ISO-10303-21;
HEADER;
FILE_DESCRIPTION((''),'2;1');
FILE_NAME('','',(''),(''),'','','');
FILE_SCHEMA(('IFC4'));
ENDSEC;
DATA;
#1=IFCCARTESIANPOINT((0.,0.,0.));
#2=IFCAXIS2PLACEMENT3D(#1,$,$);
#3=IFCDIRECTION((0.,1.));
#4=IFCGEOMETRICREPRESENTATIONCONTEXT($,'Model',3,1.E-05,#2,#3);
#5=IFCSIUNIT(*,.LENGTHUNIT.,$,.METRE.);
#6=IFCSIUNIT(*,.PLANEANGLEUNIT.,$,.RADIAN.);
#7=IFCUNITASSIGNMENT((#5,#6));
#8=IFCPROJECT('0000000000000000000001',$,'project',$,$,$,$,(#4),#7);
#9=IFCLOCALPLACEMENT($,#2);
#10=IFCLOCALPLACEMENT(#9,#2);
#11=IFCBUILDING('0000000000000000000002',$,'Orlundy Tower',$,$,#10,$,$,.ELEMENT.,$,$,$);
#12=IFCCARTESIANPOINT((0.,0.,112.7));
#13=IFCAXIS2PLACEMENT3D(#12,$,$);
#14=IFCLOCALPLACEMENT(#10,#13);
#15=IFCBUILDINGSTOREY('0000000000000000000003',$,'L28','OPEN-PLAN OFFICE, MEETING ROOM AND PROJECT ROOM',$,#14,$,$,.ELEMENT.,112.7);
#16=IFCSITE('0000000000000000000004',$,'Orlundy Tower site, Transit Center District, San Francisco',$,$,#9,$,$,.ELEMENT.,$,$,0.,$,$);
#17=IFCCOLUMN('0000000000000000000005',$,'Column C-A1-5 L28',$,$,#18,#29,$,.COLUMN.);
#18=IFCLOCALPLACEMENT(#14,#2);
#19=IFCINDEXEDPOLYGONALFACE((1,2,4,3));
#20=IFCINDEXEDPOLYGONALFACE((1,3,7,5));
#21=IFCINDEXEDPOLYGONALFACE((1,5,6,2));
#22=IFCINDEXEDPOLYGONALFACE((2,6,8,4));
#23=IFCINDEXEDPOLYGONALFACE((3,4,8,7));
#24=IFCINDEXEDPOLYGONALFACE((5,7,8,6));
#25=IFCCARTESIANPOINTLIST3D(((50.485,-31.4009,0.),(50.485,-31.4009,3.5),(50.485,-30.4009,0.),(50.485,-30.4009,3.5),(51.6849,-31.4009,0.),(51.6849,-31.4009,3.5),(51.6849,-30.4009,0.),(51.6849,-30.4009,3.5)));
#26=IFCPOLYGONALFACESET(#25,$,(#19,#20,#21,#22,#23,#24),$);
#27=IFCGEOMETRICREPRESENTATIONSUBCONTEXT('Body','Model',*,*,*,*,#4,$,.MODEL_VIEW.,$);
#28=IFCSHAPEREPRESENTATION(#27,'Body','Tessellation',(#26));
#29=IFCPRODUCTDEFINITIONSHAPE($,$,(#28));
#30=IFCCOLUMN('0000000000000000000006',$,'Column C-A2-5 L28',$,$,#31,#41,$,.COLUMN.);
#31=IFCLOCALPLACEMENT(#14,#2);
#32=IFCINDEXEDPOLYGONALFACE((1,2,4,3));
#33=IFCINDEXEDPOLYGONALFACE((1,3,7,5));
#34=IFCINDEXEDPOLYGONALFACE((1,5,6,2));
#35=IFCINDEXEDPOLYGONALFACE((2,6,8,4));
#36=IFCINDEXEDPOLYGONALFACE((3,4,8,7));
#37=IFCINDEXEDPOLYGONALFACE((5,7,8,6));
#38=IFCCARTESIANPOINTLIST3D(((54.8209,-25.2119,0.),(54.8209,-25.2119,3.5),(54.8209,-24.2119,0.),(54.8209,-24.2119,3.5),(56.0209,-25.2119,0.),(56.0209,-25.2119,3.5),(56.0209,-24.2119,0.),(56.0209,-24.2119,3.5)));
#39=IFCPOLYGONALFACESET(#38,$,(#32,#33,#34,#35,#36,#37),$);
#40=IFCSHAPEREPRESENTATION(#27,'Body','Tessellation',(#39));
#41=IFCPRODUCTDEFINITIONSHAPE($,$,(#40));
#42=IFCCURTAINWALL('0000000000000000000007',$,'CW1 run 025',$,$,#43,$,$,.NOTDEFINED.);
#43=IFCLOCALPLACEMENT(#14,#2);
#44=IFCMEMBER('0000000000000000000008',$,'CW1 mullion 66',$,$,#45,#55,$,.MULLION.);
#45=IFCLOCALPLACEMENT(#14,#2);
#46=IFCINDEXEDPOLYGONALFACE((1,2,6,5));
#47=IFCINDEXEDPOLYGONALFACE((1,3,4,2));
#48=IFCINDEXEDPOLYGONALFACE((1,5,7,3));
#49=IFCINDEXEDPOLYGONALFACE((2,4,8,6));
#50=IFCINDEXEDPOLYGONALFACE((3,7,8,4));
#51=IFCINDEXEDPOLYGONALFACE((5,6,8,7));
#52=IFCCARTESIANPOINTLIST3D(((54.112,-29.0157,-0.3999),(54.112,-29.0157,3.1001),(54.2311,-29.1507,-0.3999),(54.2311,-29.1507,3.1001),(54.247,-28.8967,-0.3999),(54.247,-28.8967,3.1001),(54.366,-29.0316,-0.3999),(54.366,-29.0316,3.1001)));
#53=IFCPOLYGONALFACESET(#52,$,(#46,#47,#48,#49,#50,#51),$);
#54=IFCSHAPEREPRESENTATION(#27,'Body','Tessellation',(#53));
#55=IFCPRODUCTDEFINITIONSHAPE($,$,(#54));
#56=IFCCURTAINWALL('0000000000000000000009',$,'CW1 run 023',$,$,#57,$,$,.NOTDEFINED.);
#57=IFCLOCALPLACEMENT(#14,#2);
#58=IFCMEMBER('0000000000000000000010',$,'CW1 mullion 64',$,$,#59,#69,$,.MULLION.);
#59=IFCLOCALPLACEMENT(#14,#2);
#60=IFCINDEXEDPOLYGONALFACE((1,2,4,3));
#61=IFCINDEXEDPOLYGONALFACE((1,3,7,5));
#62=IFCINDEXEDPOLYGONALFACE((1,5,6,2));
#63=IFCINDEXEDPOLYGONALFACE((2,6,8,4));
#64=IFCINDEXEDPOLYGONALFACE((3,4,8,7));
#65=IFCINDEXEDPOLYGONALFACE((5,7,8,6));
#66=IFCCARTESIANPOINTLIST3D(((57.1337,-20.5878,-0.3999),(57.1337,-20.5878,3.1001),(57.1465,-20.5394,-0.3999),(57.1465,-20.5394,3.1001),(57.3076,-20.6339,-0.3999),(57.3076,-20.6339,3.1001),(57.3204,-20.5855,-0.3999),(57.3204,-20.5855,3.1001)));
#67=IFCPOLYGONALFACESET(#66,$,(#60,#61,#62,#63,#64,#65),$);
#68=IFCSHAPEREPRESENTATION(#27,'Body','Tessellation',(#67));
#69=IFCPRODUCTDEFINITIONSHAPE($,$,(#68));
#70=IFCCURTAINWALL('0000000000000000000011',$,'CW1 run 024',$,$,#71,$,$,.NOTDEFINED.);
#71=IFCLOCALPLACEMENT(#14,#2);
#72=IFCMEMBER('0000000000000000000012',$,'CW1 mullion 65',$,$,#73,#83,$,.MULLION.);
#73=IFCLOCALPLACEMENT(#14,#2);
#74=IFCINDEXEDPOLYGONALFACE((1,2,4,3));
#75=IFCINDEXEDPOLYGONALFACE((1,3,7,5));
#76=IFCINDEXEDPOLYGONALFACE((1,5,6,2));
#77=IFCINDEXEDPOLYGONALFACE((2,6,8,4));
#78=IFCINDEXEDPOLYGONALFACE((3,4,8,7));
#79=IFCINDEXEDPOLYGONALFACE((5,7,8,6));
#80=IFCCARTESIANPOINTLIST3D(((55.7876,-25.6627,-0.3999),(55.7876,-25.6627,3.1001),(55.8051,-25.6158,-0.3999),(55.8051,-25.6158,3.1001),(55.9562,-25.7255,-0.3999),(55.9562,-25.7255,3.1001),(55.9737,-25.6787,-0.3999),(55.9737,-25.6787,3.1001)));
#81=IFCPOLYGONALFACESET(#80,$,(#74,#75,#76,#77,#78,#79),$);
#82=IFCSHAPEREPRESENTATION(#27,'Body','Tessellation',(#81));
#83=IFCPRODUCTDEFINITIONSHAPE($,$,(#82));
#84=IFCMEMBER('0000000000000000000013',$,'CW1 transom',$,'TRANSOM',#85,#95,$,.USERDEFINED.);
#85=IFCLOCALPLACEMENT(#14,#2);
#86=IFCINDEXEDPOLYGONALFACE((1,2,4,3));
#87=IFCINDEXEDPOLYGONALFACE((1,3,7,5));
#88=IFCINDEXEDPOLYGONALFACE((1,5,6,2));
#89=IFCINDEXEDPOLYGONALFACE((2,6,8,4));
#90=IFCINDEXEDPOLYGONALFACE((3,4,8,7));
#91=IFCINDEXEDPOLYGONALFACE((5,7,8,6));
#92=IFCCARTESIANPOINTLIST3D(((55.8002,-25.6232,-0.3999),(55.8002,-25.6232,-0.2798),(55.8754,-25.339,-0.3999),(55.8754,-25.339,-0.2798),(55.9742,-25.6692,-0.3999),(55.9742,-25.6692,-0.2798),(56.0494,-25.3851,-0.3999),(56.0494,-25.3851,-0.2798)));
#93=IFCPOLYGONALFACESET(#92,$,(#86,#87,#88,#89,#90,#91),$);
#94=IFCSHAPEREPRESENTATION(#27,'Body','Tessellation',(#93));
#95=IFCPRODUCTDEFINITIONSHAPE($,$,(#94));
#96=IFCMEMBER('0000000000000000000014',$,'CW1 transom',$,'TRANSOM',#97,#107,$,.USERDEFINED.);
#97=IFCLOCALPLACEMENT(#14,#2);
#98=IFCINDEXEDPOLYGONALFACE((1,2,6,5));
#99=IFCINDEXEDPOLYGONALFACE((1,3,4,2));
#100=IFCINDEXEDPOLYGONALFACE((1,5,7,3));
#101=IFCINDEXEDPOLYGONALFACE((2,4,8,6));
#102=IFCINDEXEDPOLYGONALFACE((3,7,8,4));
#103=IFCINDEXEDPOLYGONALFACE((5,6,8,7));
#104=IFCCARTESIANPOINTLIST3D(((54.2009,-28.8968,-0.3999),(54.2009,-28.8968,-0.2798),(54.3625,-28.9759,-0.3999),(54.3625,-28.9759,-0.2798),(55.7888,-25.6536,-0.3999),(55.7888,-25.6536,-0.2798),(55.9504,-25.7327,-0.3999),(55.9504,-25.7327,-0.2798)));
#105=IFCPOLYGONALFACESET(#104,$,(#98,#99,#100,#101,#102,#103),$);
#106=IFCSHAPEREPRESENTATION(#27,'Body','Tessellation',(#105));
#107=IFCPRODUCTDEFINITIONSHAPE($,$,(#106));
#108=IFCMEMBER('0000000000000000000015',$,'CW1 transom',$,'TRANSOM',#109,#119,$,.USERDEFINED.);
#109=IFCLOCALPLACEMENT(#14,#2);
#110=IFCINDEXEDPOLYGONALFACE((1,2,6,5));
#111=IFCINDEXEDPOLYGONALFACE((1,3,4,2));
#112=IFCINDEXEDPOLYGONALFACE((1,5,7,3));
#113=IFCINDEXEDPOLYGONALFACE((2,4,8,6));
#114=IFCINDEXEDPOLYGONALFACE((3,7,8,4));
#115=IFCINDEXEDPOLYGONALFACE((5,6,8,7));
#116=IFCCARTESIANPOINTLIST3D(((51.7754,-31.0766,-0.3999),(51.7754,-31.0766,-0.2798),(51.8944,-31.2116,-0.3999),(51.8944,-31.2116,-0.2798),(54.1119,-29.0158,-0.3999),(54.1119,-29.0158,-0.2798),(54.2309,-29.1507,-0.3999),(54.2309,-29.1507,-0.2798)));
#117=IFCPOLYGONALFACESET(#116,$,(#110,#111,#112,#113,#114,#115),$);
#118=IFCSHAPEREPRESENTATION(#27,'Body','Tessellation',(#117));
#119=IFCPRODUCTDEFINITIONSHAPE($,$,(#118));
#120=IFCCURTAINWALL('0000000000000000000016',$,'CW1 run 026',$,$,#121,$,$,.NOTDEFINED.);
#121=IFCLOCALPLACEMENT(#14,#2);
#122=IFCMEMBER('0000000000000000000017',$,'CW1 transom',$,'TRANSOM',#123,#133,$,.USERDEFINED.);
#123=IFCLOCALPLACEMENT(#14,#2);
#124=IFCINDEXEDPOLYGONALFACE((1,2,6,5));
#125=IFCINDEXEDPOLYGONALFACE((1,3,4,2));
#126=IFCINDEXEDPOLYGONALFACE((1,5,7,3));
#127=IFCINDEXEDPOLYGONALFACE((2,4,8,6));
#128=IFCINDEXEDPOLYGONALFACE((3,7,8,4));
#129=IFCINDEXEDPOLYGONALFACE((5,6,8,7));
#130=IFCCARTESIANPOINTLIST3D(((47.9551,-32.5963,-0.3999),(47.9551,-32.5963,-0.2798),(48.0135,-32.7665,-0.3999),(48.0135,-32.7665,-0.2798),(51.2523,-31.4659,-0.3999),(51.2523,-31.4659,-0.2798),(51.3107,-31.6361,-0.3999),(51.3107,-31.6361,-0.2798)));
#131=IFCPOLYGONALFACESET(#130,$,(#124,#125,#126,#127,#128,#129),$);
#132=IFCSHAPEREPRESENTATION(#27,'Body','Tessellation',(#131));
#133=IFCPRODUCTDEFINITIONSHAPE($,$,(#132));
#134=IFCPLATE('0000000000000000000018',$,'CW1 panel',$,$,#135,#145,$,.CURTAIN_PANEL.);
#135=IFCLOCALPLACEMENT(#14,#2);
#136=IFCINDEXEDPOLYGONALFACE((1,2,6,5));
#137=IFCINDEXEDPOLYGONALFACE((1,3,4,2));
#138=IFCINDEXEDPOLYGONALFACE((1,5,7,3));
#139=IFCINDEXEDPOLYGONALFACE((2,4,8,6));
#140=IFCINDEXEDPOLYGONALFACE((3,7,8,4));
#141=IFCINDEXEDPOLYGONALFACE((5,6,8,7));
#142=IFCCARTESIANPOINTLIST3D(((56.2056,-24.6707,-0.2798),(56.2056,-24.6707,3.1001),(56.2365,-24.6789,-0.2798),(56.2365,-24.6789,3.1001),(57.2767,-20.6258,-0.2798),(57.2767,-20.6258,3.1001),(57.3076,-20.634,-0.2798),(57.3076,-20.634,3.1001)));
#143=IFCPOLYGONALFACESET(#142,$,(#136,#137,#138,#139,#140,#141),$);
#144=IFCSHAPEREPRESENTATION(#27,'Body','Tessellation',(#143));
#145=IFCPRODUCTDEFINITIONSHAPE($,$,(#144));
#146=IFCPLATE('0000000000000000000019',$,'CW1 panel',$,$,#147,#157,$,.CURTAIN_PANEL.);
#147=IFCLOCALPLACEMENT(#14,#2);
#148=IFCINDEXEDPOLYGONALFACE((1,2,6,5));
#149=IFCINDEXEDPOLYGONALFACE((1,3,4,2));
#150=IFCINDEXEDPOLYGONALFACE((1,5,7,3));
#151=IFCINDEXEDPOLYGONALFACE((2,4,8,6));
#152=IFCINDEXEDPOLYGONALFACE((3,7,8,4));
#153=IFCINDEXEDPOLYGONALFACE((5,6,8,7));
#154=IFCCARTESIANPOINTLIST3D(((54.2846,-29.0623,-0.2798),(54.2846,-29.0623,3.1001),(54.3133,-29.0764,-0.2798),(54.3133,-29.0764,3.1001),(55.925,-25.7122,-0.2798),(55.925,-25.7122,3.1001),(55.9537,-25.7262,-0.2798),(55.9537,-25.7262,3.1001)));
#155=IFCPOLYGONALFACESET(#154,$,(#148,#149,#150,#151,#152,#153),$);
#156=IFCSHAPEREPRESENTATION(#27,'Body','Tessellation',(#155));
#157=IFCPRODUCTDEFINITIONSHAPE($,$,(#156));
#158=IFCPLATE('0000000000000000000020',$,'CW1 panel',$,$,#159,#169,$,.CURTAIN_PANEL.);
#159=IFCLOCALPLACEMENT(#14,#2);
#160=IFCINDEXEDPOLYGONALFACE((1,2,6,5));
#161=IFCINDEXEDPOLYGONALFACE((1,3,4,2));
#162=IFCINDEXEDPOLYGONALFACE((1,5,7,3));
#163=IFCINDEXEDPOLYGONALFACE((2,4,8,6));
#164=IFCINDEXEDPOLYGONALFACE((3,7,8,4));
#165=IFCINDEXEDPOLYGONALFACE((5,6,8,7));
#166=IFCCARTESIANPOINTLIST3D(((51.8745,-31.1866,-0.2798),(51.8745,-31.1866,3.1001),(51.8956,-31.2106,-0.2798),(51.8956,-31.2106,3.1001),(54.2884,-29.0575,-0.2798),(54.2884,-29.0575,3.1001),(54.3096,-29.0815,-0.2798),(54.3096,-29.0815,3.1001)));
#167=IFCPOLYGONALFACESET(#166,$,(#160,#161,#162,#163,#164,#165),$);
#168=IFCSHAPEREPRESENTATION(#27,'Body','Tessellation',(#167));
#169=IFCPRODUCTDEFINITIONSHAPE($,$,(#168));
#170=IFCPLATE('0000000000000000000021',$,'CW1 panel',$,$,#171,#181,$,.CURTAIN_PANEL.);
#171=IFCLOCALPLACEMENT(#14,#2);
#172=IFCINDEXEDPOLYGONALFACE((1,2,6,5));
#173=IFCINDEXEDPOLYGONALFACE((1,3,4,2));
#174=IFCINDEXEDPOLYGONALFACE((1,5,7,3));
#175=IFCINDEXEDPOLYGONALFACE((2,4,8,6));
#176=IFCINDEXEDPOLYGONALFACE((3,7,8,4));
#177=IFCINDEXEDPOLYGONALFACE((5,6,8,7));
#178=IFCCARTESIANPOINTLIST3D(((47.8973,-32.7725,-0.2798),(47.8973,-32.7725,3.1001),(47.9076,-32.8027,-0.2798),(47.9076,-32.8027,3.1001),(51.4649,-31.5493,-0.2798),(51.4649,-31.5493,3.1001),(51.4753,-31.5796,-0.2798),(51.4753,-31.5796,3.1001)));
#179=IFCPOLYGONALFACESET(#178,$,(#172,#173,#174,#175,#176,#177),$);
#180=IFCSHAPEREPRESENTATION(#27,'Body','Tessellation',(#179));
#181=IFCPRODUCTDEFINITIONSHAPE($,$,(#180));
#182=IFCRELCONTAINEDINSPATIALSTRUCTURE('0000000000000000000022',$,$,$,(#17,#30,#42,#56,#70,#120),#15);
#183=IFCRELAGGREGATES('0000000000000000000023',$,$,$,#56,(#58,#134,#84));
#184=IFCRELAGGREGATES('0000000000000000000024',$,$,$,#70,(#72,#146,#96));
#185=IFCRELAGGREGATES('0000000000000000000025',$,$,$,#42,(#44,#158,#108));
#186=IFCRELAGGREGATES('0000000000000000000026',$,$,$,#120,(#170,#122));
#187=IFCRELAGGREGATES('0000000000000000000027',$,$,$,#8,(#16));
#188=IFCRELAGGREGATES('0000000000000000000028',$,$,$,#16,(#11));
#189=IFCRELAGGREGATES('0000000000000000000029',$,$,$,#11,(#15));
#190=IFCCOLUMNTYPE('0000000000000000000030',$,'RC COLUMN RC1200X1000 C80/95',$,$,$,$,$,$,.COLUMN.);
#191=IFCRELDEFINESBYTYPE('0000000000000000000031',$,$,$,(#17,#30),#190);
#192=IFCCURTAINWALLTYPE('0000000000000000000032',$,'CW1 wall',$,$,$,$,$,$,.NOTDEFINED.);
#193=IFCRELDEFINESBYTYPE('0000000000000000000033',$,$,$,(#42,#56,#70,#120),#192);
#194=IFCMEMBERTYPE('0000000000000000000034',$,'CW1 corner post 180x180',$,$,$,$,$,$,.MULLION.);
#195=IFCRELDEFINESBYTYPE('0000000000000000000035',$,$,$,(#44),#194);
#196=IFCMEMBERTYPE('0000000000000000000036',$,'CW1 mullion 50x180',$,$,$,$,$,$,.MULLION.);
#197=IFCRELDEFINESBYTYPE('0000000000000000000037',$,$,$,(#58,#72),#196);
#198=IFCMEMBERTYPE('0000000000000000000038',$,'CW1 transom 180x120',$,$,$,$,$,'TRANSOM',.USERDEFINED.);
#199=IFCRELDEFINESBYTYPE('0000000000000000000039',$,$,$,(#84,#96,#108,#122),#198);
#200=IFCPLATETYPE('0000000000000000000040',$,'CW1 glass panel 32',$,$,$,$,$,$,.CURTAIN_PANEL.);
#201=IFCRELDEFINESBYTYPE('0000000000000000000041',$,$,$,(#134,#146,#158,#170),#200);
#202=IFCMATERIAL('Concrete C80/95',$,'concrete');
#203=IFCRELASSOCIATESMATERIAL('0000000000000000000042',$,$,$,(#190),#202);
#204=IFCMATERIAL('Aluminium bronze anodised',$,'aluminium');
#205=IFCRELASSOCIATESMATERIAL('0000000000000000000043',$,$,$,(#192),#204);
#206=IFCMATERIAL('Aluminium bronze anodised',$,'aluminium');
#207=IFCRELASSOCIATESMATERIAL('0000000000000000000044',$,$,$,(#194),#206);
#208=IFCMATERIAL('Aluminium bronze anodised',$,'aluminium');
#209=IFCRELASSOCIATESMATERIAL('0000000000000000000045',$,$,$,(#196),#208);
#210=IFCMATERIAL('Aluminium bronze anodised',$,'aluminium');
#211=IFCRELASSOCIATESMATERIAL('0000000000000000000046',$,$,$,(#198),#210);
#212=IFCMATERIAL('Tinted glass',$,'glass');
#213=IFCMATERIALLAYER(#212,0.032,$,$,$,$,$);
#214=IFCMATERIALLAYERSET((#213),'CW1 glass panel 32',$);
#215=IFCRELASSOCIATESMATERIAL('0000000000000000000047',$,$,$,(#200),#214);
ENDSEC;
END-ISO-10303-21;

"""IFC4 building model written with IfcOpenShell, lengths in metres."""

from ifc_helpers import new_model, si_unit, direction, frame, origin, origin_2d, place, context, subcontext, project, spatial, rectangle, extrude, material, layer, layer_set, material_profile, profile_set, type_object, element, aggregate, save


model = new_model("IFC4")

# Units and contexts
model_context = context("Model", 3, precision=1e-05, world=origin(), true_north=direction((0.0, 1.0)))
body_context = subcontext(model_context, "Body", "Model", "MODEL_VIEW")
ifc_project = project(units=[si_unit("LENGTHUNIT", "METRE"), si_unit("PLANEANGLEUNIT", "RADIAN")], contexts=[model_context])

# Site, building, storey
site_placement = place(None, origin())
site = spatial("IfcSite", under=ifc_project, at=site_placement, Name="Orlundy Tower site, Transit Center District, San Francisco", CompositionType="ELEMENT", RefElevation=0.0)
building_placement = place(site_placement, origin())
building = spatial("IfcBuilding", under=site, at=building_placement, Name="Orlundy Tower", CompositionType="ELEMENT")
storey_placement = place(building_placement, frame((0.0, 0.0, 112.7)))
storey = spatial("IfcBuildingStorey", under=building, at=storey_placement, Name="L28", Description="OPEN-PLAN OFFICE, MEETING ROOM AND PROJECT ROOM", CompositionType="ELEMENT", Elevation=112.7)

# Columns
ifc_material_1 = material(Name="Concrete C80/95", Category="concrete")
ifc_material_profile_1 = material_profile(ifc_material_1, rectangle(XDim=1.2, YDim=1.0, at=origin_2d()), Name="RC1200X1000")
ifc_profile_set_1 = profile_set([ifc_material_profile_1], Name="Concrete C80/95")
column_type = type_object("IfcColumnType", Name="RC COLUMN RC1200X1000 C80/95", PredefinedType="COLUMN", material=ifc_profile_set_1)
for number, where, z_axis, x_axis, name in (
    (1, (51.085, -30.9009, 0.0), (0.0, 0.0, 1.0), (1.0, 0.0, 0.0), "Column C-A1-5 L28"),
    (2, (55.4209, -24.7119, 0.0), (0.0, 0.0, 1.0), (1.0, 0.0, 0.0), "Column C-A2-5 L28"),
):
    element("IfcColumn", number, at=place(storey_placement, frame(where, z_axis=z_axis, x_axis=x_axis)), inside=storey, type_object=column_type, Name=name, PredefinedType="COLUMN", context=body_context, shape_type="SweptSolid", body=[
        extrude(rectangle(XDim=1.2, YDim=1.0, at=origin_2d()), origin(), (0.0, 0.0, 1.0), 3.5),
    ])

# Curtain walls, members
ifc_material_2 = material(Name="Aluminium bronze anodised", Category="aluminium")
curtain_wall_type = type_object("IfcCurtainWallType", Name="CW1 wall", PredefinedType="NOTDEFINED", material=ifc_material_2)
curtain_wall_1_placement = place(storey_placement, origin())
curtain_wall_1 = element("IfcCurtainWall", 3, at=curtain_wall_1_placement, inside=storey, type_object=curtain_wall_type, Name="CW1 run 025", PredefinedType="NOTDEFINED")
ifc_material_3 = material(Name="Aluminium bronze anodised", Category="aluminium")
ifc_material_profile_2 = material_profile(ifc_material_3, rectangle(XDim=0.1799, YDim=0.1799, at=origin_2d()), Name="CW1 corner post 180x180")
ifc_profile_set_2 = profile_set([ifc_material_profile_2], Name="Aluminium bronze anodised")
member_type_1 = type_object("IfcMemberType", Name="CW1 corner post 180x180", PredefinedType="MULLION", material=ifc_profile_set_2)
member_1_placement = place(storey_placement, frame((54.239, -29.0237, -0.3999), z_axis=(0.0, 0.0, 1.0), x_axis=(0.661479, -0.749964, 0.0)))
member_1 = element("IfcMember", 4, at=member_1_placement, type_object=member_type_1, Name="CW1 mullion 66", PredefinedType="MULLION", context=body_context, shape_type="SweptSolid", body=[
    extrude(rectangle(XDim=0.1799, YDim=0.1799, at=origin_2d()), origin(), (0.0, 0.0, 1.0), 3.5),
])
curtain_wall_2_placement = place(storey_placement, origin())
curtain_wall_2 = element("IfcCurtainWall", 5, at=curtain_wall_2_placement, inside=storey, type_object=curtain_wall_type, Name="CW1 run 023", PredefinedType="NOTDEFINED")
ifc_material_4 = material(Name="Aluminium bronze anodised", Category="aluminium")
ifc_material_profile_3 = material_profile(ifc_material_4, rectangle(XDim=0.1799, YDim=0.05, at=origin_2d()), Name="CW1 mullion 50x180")
ifc_profile_set_3 = profile_set([ifc_material_profile_3], Name="Aluminium bronze anodised")
member_type_2 = type_object("IfcMemberType", Name="CW1 mullion 50x180", PredefinedType="MULLION", material=ifc_profile_set_3)
member_2_placement = place(storey_placement, frame((57.2271, -20.5867, -0.3999), z_axis=(0.0, 0.0, 1.0), x_axis=(0.966679, -0.255991, 0.0)))
member_2 = element("IfcMember", 6, at=member_2_placement, type_object=member_type_2, Name="CW1 mullion 64", PredefinedType="MULLION", context=body_context, shape_type="SweptSolid", body=[
    extrude(rectangle(XDim=0.1799, YDim=0.05, at=origin_2d()), origin(), (0.0, 0.0, 1.0), 3.5),
])
curtain_wall_3_placement = place(storey_placement, origin())
curtain_wall_3 = element("IfcCurtainWall", 7, at=curtain_wall_3_placement, inside=storey, type_object=curtain_wall_type, Name="CW1 run 024", PredefinedType="NOTDEFINED")
member_3_placement = place(storey_placement, frame((55.8806, -25.6707, -0.3999), z_axis=(0.0, 0.0, 1.0), x_axis=(0.936915, -0.349556, 0.0)))
member_3 = element("IfcMember", 8, at=member_3_placement, type_object=member_type_2, Name="CW1 mullion 65", PredefinedType="MULLION", context=body_context, shape_type="SweptSolid", body=[
    extrude(rectangle(XDim=0.1799, YDim=0.05, at=origin_2d()), origin(), (0.0, 0.0, 1.0), 3.5),
])

# Members
ifc_material_5 = material(Name="Aluminium bronze anodised", Category="aluminium")
ifc_material_profile_4 = material_profile(ifc_material_5, rectangle(XDim=0.1799, YDim=0.1201, at=origin_2d()), Name="CW1 transom 180x120")
ifc_profile_set_4 = profile_set([ifc_material_profile_4], Name="Aluminium bronze anodised")
member_type_3 = type_object("IfcMemberType", Name="CW1 transom 180x120", ElementType="TRANSOM", PredefinedType="USERDEFINED", material=ifc_profile_set_4)
member_4_placement = place(storey_placement, frame((55.9624, -25.3621, -0.3398), z_axis=(-0.255801, -0.966729, 0.0), x_axis=(0.966729, -0.255801, 0.0)))
member_4 = element("IfcMember", 9, at=member_4_placement, type_object=member_type_3, Name="CW1 transom", ObjectType="TRANSOM", PredefinedType="USERDEFINED", context=body_context, shape_type="SweptSolid", body=[
    extrude(rectangle(XDim=0.1799, YDim=0.1201, at=origin_2d()), origin(), (0.0, 0.0, 1.0), 0.2939),
])
member_5_placement = place(storey_placement, frame((55.8696, -25.6931, -0.3398), z_axis=(-0.439734, -0.898128, 0.0), x_axis=(0.898128, -0.439734, 0.0)))
member_5 = element("IfcMember", 10, at=member_5_placement, type_object=member_type_3, Name="CW1 transom", ObjectType="TRANSOM", PredefinedType="USERDEFINED", context=body_context, shape_type="SweptSolid", body=[
    extrude(rectangle(XDim=0.1799, YDim=0.1201, at=origin_2d()), origin(), (0.0, 0.0, 1.0), 3.6111),
])
member_6_placement = place(storey_placement, frame((54.1714, -29.0833, -0.3398), z_axis=(-0.749959, -0.661484, 0.0), x_axis=(0.661484, -0.749959, 0.0)))
member_6 = element("IfcMember", 11, at=member_6_placement, type_object=member_type_3, Name="CW1 transom", ObjectType="TRANSOM", PredefinedType="USERDEFINED", context=body_context, shape_type="SweptSolid", body=[
    extrude(rectangle(XDim=0.1799, YDim=0.1201, at=origin_2d()), origin(), (0.0, 0.0, 1.0), 3.1155),
])

# Curtain wall, member
curtain_wall_4_placement = place(storey_placement, origin())
curtain_wall_4 = element("IfcCurtainWall", 12, at=curtain_wall_4_placement, inside=storey, type_object=curtain_wall_type, Name="CW1 run 026", PredefinedType="NOTDEFINED")
member_7_placement = place(storey_placement, frame((51.2815, -31.551, -0.3398), z_axis=(-0.945952, -0.324306, 0.0), x_axis=(0.324306, -0.945952, 0.0)))
member_7 = element("IfcMember", 13, at=member_7_placement, type_object=member_type_3, Name="CW1 transom", ObjectType="TRANSOM", PredefinedType="USERDEFINED", context=body_context, shape_type="SweptSolid", body=[
    extrude(rectangle(XDim=0.1799, YDim=0.1201, at=origin_2d()), origin(), (0.0, 0.0, 1.0), 3.4856),
])

# Plates
ifc_material_6 = material(Name="Tinted glass", Category="glass")
ifc_layer = layer(ifc_material_6, 0.032)
ifc_layer_set = layer_set([ifc_layer], Name="CW1 glass panel 32")
plate_type = type_object("IfcPlateType", Name="CW1 glass panel 32", PredefinedType="CURTAIN_PANEL", material=ifc_layer_set)
plate_1_placement = place(storey_placement, frame((56.7566, -22.6523, -0.2798), z_axis=(0.0, 0.0, 1.0), x_axis=(-0.255991, -0.966679, 0.0)))
plate_1 = element("IfcPlate", 14, at=plate_1_placement, type_object=plate_type, Name="CW1 panel", PredefinedType="CURTAIN_PANEL", context=body_context, shape_type="SweptSolid", body=[
    extrude(rectangle(XDim=4.1843, YDim=0.032, at=origin_2d()), origin(), (0.0, 0.0, 1.0), 3.3799),
])
aggregate(curtain_wall_2, [member_2, plate_1, member_4])
plate_2_placement = place(storey_placement, frame((55.1191, -27.3943, -0.2798), z_axis=(0.0, 0.0, 1.0), x_axis=(-0.439752, -0.898119, 0.0)))
plate_2 = element("IfcPlate", 15, at=plate_2_placement, type_object=plate_type, Name="CW1 panel", PredefinedType="CURTAIN_PANEL", context=body_context, shape_type="SweptSolid", body=[
    extrude(rectangle(XDim=3.7302, YDim=0.032, at=origin_2d()), origin(), (0.0, 0.0, 1.0), 3.3799),
])
aggregate(curtain_wall_3, [member_3, plate_2, member_5])
plate_3_placement = place(storey_placement, frame((53.092, -30.134, -0.2798), z_axis=(0.0, 0.0, 1.0), x_axis=(-0.749964, -0.661479, 0.0)))
plate_3 = element("IfcPlate", 16, at=plate_3_placement, type_object=plate_type, Name="CW1 panel", PredefinedType="CURTAIN_PANEL", context=body_context, shape_type="SweptSolid", body=[
    extrude(rectangle(XDim=3.2188, YDim=0.032, at=origin_2d()), origin(), (0.0, 0.0, 1.0), 3.3799),
])
aggregate(curtain_wall_1, [member_1, plate_3, member_6])
plate_4_placement = place(storey_placement, frame((49.6863, -32.176, -0.2798), z_axis=(0.0, 0.0, 1.0), x_axis=(-0.945951, -0.324311, 0.0)))
plate_4 = element("IfcPlate", 17, at=plate_4_placement, type_object=plate_type, Name="CW1 panel", PredefinedType="CURTAIN_PANEL", context=body_context, shape_type="SweptSolid", body=[
    extrude(rectangle(XDim=3.7715, YDim=0.032, at=origin_2d()), origin(), (0.0, 0.0, 1.0), 3.3799),
])
aggregate(curtain_wall_4, [plate_4, member_7])

save(model, "model.ifc")
